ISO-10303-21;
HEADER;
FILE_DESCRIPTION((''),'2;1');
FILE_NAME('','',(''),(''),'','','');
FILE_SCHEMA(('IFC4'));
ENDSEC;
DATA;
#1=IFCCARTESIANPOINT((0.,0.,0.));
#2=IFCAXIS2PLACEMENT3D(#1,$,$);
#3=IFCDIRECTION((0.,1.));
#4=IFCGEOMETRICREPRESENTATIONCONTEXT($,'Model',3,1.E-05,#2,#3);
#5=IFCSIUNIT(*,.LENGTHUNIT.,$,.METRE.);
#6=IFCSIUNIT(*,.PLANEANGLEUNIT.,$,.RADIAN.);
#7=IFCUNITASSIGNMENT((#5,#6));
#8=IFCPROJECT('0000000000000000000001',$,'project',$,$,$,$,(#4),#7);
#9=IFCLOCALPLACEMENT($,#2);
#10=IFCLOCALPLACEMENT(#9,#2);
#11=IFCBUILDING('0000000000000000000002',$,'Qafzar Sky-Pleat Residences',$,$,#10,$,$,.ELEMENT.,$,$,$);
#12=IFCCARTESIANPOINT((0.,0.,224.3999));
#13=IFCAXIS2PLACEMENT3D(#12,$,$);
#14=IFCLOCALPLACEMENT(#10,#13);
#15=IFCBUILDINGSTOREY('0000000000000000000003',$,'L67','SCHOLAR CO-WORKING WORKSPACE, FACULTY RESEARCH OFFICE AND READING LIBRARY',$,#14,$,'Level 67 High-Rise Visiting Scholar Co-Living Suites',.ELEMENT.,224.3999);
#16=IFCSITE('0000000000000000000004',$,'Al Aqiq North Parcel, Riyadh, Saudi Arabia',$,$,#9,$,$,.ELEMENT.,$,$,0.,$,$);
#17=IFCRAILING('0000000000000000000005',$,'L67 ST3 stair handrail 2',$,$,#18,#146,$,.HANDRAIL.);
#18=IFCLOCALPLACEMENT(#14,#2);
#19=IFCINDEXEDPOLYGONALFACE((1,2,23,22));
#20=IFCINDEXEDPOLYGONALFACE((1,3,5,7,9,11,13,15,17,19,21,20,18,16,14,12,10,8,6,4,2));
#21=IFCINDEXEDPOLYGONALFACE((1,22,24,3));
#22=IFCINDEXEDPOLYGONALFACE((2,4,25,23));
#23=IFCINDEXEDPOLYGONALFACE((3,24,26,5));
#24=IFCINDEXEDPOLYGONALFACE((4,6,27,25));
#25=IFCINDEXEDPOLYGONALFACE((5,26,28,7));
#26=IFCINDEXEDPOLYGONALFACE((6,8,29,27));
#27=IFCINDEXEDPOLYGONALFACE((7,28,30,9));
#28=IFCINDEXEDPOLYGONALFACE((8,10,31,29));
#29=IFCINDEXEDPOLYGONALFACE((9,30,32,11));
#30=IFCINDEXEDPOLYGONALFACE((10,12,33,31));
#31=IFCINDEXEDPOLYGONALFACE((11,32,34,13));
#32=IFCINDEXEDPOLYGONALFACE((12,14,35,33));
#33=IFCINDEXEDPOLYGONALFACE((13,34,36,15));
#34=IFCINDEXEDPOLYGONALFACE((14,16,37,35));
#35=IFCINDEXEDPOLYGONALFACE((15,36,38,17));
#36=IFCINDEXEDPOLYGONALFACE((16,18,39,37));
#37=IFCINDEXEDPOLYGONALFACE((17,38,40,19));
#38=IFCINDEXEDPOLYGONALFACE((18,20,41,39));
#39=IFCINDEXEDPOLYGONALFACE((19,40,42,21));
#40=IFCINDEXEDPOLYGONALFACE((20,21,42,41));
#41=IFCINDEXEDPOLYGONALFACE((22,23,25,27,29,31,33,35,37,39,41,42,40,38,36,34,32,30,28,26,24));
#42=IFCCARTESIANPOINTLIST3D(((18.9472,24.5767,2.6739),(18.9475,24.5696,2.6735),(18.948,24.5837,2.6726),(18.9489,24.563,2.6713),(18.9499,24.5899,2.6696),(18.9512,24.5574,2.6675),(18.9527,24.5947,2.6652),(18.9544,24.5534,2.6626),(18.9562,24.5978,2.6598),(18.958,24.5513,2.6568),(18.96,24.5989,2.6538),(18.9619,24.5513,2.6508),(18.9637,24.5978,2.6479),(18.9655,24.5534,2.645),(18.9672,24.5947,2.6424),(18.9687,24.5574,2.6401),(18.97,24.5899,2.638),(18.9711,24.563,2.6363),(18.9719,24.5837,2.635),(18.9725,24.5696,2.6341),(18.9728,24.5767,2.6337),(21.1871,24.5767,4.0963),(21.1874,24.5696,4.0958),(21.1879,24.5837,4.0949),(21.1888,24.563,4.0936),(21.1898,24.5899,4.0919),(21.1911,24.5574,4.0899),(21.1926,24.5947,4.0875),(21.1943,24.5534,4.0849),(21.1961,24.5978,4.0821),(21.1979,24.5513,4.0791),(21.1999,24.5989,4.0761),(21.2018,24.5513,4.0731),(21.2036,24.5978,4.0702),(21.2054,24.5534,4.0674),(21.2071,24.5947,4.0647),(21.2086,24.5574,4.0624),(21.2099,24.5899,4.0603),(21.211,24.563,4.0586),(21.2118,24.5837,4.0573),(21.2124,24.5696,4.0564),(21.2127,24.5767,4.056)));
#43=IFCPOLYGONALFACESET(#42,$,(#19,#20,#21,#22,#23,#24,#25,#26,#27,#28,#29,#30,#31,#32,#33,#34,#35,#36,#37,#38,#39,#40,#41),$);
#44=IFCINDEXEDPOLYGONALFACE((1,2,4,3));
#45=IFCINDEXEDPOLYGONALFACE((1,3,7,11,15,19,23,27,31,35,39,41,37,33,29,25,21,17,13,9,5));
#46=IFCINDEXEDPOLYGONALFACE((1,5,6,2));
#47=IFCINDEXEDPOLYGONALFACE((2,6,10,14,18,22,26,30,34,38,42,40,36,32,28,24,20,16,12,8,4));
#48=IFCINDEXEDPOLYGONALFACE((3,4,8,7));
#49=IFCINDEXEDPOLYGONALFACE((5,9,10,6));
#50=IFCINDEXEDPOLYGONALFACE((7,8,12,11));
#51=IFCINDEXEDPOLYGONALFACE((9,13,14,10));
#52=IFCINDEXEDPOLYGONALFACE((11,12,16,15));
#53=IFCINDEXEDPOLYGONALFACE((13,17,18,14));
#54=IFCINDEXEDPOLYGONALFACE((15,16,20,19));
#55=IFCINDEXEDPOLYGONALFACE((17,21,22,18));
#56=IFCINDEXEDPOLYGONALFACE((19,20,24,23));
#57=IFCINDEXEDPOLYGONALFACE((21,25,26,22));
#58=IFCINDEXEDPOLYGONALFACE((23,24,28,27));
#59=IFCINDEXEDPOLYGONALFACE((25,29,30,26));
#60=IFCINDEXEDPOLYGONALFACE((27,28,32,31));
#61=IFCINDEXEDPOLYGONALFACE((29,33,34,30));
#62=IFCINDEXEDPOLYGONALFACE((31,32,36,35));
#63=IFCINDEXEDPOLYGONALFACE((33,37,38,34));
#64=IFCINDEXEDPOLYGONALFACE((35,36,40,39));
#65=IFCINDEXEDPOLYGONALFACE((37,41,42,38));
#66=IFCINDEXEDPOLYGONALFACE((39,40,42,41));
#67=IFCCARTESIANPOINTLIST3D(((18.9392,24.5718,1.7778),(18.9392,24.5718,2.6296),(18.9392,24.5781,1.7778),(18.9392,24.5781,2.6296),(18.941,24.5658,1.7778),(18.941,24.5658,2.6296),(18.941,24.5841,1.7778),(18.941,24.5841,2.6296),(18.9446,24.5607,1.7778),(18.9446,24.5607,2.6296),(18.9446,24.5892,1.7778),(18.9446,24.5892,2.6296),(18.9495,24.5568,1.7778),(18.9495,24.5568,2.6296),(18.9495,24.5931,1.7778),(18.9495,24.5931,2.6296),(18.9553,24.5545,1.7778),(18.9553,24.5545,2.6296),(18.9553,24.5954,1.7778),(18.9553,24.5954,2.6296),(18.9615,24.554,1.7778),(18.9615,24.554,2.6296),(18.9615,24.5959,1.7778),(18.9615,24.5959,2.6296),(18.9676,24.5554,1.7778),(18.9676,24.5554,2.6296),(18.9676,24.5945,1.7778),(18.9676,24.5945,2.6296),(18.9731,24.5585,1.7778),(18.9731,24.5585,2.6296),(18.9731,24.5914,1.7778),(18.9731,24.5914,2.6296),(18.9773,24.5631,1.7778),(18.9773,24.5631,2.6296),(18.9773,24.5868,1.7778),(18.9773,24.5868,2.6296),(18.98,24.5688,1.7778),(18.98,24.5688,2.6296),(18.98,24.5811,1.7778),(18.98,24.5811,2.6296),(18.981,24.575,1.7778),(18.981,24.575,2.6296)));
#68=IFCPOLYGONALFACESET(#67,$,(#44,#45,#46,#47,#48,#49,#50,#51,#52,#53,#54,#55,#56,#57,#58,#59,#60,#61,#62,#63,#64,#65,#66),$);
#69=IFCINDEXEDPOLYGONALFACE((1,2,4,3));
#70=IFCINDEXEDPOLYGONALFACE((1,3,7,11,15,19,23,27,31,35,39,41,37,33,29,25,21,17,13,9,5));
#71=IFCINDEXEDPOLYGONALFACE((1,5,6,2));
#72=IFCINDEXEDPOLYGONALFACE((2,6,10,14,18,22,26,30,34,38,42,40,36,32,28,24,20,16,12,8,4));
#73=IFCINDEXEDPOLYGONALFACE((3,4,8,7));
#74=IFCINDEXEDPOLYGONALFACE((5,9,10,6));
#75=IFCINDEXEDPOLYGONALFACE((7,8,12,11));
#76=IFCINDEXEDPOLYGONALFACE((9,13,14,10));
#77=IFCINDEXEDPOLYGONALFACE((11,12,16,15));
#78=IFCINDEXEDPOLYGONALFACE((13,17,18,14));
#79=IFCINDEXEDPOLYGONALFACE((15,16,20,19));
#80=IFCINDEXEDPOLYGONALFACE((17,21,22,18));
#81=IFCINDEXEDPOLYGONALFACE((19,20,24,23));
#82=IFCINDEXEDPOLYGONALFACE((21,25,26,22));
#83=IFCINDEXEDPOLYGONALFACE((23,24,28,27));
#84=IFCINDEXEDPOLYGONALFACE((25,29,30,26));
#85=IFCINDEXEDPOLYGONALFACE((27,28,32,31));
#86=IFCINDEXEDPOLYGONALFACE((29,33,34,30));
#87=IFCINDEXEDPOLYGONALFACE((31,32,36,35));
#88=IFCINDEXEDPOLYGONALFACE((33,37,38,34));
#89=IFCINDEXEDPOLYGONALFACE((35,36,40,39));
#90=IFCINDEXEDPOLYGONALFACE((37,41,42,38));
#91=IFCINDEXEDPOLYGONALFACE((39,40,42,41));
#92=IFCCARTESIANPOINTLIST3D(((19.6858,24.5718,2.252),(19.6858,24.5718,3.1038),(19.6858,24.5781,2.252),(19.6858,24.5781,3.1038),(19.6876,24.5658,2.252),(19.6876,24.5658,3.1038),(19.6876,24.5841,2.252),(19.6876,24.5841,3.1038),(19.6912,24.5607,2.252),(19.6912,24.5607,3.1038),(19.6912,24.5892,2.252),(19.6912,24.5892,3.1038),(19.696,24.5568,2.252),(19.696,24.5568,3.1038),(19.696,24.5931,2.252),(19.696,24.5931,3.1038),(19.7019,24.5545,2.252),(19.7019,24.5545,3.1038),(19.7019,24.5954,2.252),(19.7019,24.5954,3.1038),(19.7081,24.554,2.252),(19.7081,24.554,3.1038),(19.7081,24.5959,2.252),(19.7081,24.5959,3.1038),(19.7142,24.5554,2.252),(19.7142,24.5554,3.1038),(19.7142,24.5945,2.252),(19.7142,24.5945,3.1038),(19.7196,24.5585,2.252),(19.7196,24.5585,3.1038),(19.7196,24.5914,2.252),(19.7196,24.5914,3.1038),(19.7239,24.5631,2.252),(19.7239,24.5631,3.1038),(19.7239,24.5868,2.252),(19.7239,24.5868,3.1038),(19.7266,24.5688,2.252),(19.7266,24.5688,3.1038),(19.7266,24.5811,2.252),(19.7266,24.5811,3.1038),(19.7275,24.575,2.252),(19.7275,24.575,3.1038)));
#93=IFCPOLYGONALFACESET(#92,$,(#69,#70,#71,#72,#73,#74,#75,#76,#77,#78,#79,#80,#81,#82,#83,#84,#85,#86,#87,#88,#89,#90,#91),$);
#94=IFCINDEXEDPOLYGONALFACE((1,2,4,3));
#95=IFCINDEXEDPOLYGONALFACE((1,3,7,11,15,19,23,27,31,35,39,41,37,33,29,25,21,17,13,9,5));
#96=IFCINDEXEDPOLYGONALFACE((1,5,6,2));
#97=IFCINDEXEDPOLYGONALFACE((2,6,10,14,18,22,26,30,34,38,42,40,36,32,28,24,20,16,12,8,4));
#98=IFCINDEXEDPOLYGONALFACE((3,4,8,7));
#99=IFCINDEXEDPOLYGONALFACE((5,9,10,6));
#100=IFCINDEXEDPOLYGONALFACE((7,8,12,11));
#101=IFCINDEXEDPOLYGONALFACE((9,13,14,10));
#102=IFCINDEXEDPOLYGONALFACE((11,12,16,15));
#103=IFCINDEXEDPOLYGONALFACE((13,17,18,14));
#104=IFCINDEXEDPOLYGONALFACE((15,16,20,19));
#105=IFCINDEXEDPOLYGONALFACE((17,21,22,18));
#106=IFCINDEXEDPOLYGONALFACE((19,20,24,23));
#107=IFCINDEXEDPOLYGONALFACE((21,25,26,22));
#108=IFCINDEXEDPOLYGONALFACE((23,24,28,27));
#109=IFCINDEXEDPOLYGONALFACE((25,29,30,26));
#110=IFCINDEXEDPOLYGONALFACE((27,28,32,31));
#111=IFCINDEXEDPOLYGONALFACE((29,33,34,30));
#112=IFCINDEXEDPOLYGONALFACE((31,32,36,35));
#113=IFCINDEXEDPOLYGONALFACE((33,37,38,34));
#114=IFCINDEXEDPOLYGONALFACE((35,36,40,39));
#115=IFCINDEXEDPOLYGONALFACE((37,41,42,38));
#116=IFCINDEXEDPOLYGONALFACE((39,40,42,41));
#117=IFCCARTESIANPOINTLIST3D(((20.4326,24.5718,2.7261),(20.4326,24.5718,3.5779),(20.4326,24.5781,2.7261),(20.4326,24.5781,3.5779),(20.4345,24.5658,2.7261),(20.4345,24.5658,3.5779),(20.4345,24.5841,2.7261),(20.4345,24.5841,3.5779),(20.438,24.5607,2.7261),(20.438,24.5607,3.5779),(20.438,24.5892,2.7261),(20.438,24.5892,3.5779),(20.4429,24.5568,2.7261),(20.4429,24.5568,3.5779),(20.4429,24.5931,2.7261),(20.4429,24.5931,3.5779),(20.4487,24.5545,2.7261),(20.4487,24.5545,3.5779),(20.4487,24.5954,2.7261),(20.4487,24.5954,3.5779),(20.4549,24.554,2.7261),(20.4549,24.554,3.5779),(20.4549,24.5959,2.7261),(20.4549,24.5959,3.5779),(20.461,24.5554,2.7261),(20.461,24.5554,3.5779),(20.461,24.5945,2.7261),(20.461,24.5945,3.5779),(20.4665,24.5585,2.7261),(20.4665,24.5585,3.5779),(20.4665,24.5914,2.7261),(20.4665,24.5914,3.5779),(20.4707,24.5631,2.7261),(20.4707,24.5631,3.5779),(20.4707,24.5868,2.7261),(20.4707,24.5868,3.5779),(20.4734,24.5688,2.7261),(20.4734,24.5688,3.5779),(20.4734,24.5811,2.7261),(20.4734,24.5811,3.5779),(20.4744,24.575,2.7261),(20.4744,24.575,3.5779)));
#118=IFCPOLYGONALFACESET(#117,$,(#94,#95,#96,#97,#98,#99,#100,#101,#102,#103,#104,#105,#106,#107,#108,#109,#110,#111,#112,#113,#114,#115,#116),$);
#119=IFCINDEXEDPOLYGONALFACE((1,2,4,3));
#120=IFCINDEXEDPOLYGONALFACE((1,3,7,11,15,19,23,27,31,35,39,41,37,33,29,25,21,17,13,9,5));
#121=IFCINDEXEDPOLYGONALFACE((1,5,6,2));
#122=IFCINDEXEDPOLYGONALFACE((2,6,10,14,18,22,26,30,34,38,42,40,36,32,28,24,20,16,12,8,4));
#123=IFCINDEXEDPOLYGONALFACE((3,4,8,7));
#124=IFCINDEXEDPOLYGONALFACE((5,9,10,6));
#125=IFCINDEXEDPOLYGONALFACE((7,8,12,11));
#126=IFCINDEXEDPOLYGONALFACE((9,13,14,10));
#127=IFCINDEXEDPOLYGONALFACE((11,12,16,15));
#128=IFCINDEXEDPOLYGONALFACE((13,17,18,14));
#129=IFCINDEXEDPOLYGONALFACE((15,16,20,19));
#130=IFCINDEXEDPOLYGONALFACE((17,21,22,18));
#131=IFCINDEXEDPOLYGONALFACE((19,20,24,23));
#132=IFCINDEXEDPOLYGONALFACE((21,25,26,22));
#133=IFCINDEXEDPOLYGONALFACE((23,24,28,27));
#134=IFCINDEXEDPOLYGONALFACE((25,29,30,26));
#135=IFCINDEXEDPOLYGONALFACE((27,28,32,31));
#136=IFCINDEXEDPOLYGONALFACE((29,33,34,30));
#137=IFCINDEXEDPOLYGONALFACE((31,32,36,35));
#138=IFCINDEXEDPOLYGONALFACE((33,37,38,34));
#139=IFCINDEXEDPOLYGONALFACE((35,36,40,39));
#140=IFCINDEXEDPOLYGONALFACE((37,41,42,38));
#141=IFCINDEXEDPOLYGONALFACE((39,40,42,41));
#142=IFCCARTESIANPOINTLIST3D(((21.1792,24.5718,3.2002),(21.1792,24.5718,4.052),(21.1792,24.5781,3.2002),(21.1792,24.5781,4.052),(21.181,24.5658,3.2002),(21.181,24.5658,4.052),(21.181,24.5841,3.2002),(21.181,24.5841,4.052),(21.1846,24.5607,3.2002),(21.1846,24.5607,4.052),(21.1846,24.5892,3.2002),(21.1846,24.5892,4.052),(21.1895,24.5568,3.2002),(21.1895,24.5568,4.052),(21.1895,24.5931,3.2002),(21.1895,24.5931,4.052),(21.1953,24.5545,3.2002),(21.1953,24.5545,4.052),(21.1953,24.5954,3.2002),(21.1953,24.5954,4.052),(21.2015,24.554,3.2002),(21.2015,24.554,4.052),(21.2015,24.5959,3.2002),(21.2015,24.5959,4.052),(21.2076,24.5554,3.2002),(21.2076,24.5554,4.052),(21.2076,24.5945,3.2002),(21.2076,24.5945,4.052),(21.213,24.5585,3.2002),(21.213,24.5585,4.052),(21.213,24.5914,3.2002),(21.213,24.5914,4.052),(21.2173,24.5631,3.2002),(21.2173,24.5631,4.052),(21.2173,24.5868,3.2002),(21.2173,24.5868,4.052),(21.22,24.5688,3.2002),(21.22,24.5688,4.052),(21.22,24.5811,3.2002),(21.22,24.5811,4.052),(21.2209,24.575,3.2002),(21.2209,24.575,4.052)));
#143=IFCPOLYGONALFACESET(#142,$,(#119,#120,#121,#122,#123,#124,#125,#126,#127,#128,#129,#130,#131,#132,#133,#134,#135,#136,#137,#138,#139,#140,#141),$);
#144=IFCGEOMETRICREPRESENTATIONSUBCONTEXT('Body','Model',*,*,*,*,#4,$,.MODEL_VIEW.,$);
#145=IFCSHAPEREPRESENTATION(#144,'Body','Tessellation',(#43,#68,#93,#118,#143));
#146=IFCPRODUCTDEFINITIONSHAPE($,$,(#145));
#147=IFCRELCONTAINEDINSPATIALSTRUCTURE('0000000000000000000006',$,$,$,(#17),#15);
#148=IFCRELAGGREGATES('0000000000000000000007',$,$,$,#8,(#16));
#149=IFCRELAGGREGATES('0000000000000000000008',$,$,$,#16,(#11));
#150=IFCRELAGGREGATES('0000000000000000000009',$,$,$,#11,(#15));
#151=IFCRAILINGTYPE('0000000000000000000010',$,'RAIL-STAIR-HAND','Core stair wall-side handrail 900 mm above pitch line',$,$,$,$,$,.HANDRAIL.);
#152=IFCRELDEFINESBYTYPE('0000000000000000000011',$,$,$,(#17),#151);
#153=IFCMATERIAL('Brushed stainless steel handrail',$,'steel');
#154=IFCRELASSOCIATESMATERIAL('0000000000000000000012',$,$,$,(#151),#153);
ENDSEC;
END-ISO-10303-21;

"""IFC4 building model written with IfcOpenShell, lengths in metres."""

from ifc_helpers import new_model, si_unit, direction, frame, origin, origin_2d, place, context, subcontext, project, spatial, circle, extrude, source, transform, mapped, material, type_object, element, save


model = new_model("IFC4")

# Units and contexts
model_context = context("Model", 3, precision=1e-05, world=origin(), true_north=direction((0.0, 1.0)))
body_context = subcontext(model_context, "Body", "Model", "MODEL_VIEW")
ifc_project = project(units=[si_unit("LENGTHUNIT", "METRE"), si_unit("PLANEANGLEUNIT", "RADIAN")], contexts=[model_context])

# Site, building, storey
site_placement = place(None, origin())
site = spatial("IfcSite", under=ifc_project, at=site_placement, Name="Al Aqiq North Parcel, Riyadh, Saudi Arabia", CompositionType="ELEMENT", RefElevation=0.0)
building_placement = place(site_placement, origin())
building = spatial("IfcBuilding", under=site, at=building_placement, Name="Qafzar Sky-Pleat Residences", CompositionType="ELEMENT")
storey_placement = place(building_placement, frame((0.0, 0.0, 224.3999)))
storey = spatial("IfcBuildingStorey", under=building, at=storey_placement, Name="L67", Description="SCHOLAR CO-WORKING WORKSPACE, FACULTY RESEARCH OFFICE AND READING LIBRARY", LongName="Level 67 High-Rise Visiting Scholar Co-Living Suites", CompositionType="ELEMENT", Elevation=224.3999)

# Railing
ifc_material_1 = material(Name="Brushed stainless steel handrail", Category="steel")
railing_type = type_object("IfcRailingType", Name="RAIL-STAIR-HAND", Description="Core stair wall-side handrail 900 mm above pitch line", PredefinedType="HANDRAIL", material=ifc_material_1)
shared_shape_1 = source(origin(), body_context, "Body", "SweptSolid", [
    extrude(circle(Radius=0.0239, at=origin_2d()), frame((0.0, 0.0, 0.876), z_axis=(0.844188, 0.0, 0.536048), x_axis=(0.0, 1.0, 0.0)), (0.0, 0.0, 1.0), 2.6533),
    extrude(circle(Radius=0.021, at=origin_2d()), origin(), (0.0, 0.0, 1.0), 0.8518),
    extrude(circle(Radius=0.021, at=origin_2d()), frame((0.7466, 0.0, 0.4741)), (0.0, 0.0, 1.0), 0.8518),
    extrude(circle(Radius=0.021, at=origin_2d()), frame((1.4934, 0.0, 0.9482)), (0.0, 0.0, 1.0), 0.8518),
    extrude(circle(Radius=0.021, at=origin_2d()), frame((2.24, 0.0, 1.4224)), (0.0, 0.0, 1.0), 0.8518),
])
railing_placement = place(storey_placement, frame((18.96, 24.575, 1.7778)))
element("IfcRailing", 1, at=railing_placement, inside=storey, type_object=railing_type, Name="L67 ST3 stair handrail 2", PredefinedType="HANDRAIL", context=body_context, shape_type="MappedRepresentation", body=[
    mapped(shared_shape_1, transform((0.0, 0.0, 0.0), x_axis=(1.0, 0.0, 0.0), y_axis=(0.0, 1.0, 0.0), z_axis=(0.0, 0.0, 1.0), scale=1.0)),
])

save(model, "model.ifc")
